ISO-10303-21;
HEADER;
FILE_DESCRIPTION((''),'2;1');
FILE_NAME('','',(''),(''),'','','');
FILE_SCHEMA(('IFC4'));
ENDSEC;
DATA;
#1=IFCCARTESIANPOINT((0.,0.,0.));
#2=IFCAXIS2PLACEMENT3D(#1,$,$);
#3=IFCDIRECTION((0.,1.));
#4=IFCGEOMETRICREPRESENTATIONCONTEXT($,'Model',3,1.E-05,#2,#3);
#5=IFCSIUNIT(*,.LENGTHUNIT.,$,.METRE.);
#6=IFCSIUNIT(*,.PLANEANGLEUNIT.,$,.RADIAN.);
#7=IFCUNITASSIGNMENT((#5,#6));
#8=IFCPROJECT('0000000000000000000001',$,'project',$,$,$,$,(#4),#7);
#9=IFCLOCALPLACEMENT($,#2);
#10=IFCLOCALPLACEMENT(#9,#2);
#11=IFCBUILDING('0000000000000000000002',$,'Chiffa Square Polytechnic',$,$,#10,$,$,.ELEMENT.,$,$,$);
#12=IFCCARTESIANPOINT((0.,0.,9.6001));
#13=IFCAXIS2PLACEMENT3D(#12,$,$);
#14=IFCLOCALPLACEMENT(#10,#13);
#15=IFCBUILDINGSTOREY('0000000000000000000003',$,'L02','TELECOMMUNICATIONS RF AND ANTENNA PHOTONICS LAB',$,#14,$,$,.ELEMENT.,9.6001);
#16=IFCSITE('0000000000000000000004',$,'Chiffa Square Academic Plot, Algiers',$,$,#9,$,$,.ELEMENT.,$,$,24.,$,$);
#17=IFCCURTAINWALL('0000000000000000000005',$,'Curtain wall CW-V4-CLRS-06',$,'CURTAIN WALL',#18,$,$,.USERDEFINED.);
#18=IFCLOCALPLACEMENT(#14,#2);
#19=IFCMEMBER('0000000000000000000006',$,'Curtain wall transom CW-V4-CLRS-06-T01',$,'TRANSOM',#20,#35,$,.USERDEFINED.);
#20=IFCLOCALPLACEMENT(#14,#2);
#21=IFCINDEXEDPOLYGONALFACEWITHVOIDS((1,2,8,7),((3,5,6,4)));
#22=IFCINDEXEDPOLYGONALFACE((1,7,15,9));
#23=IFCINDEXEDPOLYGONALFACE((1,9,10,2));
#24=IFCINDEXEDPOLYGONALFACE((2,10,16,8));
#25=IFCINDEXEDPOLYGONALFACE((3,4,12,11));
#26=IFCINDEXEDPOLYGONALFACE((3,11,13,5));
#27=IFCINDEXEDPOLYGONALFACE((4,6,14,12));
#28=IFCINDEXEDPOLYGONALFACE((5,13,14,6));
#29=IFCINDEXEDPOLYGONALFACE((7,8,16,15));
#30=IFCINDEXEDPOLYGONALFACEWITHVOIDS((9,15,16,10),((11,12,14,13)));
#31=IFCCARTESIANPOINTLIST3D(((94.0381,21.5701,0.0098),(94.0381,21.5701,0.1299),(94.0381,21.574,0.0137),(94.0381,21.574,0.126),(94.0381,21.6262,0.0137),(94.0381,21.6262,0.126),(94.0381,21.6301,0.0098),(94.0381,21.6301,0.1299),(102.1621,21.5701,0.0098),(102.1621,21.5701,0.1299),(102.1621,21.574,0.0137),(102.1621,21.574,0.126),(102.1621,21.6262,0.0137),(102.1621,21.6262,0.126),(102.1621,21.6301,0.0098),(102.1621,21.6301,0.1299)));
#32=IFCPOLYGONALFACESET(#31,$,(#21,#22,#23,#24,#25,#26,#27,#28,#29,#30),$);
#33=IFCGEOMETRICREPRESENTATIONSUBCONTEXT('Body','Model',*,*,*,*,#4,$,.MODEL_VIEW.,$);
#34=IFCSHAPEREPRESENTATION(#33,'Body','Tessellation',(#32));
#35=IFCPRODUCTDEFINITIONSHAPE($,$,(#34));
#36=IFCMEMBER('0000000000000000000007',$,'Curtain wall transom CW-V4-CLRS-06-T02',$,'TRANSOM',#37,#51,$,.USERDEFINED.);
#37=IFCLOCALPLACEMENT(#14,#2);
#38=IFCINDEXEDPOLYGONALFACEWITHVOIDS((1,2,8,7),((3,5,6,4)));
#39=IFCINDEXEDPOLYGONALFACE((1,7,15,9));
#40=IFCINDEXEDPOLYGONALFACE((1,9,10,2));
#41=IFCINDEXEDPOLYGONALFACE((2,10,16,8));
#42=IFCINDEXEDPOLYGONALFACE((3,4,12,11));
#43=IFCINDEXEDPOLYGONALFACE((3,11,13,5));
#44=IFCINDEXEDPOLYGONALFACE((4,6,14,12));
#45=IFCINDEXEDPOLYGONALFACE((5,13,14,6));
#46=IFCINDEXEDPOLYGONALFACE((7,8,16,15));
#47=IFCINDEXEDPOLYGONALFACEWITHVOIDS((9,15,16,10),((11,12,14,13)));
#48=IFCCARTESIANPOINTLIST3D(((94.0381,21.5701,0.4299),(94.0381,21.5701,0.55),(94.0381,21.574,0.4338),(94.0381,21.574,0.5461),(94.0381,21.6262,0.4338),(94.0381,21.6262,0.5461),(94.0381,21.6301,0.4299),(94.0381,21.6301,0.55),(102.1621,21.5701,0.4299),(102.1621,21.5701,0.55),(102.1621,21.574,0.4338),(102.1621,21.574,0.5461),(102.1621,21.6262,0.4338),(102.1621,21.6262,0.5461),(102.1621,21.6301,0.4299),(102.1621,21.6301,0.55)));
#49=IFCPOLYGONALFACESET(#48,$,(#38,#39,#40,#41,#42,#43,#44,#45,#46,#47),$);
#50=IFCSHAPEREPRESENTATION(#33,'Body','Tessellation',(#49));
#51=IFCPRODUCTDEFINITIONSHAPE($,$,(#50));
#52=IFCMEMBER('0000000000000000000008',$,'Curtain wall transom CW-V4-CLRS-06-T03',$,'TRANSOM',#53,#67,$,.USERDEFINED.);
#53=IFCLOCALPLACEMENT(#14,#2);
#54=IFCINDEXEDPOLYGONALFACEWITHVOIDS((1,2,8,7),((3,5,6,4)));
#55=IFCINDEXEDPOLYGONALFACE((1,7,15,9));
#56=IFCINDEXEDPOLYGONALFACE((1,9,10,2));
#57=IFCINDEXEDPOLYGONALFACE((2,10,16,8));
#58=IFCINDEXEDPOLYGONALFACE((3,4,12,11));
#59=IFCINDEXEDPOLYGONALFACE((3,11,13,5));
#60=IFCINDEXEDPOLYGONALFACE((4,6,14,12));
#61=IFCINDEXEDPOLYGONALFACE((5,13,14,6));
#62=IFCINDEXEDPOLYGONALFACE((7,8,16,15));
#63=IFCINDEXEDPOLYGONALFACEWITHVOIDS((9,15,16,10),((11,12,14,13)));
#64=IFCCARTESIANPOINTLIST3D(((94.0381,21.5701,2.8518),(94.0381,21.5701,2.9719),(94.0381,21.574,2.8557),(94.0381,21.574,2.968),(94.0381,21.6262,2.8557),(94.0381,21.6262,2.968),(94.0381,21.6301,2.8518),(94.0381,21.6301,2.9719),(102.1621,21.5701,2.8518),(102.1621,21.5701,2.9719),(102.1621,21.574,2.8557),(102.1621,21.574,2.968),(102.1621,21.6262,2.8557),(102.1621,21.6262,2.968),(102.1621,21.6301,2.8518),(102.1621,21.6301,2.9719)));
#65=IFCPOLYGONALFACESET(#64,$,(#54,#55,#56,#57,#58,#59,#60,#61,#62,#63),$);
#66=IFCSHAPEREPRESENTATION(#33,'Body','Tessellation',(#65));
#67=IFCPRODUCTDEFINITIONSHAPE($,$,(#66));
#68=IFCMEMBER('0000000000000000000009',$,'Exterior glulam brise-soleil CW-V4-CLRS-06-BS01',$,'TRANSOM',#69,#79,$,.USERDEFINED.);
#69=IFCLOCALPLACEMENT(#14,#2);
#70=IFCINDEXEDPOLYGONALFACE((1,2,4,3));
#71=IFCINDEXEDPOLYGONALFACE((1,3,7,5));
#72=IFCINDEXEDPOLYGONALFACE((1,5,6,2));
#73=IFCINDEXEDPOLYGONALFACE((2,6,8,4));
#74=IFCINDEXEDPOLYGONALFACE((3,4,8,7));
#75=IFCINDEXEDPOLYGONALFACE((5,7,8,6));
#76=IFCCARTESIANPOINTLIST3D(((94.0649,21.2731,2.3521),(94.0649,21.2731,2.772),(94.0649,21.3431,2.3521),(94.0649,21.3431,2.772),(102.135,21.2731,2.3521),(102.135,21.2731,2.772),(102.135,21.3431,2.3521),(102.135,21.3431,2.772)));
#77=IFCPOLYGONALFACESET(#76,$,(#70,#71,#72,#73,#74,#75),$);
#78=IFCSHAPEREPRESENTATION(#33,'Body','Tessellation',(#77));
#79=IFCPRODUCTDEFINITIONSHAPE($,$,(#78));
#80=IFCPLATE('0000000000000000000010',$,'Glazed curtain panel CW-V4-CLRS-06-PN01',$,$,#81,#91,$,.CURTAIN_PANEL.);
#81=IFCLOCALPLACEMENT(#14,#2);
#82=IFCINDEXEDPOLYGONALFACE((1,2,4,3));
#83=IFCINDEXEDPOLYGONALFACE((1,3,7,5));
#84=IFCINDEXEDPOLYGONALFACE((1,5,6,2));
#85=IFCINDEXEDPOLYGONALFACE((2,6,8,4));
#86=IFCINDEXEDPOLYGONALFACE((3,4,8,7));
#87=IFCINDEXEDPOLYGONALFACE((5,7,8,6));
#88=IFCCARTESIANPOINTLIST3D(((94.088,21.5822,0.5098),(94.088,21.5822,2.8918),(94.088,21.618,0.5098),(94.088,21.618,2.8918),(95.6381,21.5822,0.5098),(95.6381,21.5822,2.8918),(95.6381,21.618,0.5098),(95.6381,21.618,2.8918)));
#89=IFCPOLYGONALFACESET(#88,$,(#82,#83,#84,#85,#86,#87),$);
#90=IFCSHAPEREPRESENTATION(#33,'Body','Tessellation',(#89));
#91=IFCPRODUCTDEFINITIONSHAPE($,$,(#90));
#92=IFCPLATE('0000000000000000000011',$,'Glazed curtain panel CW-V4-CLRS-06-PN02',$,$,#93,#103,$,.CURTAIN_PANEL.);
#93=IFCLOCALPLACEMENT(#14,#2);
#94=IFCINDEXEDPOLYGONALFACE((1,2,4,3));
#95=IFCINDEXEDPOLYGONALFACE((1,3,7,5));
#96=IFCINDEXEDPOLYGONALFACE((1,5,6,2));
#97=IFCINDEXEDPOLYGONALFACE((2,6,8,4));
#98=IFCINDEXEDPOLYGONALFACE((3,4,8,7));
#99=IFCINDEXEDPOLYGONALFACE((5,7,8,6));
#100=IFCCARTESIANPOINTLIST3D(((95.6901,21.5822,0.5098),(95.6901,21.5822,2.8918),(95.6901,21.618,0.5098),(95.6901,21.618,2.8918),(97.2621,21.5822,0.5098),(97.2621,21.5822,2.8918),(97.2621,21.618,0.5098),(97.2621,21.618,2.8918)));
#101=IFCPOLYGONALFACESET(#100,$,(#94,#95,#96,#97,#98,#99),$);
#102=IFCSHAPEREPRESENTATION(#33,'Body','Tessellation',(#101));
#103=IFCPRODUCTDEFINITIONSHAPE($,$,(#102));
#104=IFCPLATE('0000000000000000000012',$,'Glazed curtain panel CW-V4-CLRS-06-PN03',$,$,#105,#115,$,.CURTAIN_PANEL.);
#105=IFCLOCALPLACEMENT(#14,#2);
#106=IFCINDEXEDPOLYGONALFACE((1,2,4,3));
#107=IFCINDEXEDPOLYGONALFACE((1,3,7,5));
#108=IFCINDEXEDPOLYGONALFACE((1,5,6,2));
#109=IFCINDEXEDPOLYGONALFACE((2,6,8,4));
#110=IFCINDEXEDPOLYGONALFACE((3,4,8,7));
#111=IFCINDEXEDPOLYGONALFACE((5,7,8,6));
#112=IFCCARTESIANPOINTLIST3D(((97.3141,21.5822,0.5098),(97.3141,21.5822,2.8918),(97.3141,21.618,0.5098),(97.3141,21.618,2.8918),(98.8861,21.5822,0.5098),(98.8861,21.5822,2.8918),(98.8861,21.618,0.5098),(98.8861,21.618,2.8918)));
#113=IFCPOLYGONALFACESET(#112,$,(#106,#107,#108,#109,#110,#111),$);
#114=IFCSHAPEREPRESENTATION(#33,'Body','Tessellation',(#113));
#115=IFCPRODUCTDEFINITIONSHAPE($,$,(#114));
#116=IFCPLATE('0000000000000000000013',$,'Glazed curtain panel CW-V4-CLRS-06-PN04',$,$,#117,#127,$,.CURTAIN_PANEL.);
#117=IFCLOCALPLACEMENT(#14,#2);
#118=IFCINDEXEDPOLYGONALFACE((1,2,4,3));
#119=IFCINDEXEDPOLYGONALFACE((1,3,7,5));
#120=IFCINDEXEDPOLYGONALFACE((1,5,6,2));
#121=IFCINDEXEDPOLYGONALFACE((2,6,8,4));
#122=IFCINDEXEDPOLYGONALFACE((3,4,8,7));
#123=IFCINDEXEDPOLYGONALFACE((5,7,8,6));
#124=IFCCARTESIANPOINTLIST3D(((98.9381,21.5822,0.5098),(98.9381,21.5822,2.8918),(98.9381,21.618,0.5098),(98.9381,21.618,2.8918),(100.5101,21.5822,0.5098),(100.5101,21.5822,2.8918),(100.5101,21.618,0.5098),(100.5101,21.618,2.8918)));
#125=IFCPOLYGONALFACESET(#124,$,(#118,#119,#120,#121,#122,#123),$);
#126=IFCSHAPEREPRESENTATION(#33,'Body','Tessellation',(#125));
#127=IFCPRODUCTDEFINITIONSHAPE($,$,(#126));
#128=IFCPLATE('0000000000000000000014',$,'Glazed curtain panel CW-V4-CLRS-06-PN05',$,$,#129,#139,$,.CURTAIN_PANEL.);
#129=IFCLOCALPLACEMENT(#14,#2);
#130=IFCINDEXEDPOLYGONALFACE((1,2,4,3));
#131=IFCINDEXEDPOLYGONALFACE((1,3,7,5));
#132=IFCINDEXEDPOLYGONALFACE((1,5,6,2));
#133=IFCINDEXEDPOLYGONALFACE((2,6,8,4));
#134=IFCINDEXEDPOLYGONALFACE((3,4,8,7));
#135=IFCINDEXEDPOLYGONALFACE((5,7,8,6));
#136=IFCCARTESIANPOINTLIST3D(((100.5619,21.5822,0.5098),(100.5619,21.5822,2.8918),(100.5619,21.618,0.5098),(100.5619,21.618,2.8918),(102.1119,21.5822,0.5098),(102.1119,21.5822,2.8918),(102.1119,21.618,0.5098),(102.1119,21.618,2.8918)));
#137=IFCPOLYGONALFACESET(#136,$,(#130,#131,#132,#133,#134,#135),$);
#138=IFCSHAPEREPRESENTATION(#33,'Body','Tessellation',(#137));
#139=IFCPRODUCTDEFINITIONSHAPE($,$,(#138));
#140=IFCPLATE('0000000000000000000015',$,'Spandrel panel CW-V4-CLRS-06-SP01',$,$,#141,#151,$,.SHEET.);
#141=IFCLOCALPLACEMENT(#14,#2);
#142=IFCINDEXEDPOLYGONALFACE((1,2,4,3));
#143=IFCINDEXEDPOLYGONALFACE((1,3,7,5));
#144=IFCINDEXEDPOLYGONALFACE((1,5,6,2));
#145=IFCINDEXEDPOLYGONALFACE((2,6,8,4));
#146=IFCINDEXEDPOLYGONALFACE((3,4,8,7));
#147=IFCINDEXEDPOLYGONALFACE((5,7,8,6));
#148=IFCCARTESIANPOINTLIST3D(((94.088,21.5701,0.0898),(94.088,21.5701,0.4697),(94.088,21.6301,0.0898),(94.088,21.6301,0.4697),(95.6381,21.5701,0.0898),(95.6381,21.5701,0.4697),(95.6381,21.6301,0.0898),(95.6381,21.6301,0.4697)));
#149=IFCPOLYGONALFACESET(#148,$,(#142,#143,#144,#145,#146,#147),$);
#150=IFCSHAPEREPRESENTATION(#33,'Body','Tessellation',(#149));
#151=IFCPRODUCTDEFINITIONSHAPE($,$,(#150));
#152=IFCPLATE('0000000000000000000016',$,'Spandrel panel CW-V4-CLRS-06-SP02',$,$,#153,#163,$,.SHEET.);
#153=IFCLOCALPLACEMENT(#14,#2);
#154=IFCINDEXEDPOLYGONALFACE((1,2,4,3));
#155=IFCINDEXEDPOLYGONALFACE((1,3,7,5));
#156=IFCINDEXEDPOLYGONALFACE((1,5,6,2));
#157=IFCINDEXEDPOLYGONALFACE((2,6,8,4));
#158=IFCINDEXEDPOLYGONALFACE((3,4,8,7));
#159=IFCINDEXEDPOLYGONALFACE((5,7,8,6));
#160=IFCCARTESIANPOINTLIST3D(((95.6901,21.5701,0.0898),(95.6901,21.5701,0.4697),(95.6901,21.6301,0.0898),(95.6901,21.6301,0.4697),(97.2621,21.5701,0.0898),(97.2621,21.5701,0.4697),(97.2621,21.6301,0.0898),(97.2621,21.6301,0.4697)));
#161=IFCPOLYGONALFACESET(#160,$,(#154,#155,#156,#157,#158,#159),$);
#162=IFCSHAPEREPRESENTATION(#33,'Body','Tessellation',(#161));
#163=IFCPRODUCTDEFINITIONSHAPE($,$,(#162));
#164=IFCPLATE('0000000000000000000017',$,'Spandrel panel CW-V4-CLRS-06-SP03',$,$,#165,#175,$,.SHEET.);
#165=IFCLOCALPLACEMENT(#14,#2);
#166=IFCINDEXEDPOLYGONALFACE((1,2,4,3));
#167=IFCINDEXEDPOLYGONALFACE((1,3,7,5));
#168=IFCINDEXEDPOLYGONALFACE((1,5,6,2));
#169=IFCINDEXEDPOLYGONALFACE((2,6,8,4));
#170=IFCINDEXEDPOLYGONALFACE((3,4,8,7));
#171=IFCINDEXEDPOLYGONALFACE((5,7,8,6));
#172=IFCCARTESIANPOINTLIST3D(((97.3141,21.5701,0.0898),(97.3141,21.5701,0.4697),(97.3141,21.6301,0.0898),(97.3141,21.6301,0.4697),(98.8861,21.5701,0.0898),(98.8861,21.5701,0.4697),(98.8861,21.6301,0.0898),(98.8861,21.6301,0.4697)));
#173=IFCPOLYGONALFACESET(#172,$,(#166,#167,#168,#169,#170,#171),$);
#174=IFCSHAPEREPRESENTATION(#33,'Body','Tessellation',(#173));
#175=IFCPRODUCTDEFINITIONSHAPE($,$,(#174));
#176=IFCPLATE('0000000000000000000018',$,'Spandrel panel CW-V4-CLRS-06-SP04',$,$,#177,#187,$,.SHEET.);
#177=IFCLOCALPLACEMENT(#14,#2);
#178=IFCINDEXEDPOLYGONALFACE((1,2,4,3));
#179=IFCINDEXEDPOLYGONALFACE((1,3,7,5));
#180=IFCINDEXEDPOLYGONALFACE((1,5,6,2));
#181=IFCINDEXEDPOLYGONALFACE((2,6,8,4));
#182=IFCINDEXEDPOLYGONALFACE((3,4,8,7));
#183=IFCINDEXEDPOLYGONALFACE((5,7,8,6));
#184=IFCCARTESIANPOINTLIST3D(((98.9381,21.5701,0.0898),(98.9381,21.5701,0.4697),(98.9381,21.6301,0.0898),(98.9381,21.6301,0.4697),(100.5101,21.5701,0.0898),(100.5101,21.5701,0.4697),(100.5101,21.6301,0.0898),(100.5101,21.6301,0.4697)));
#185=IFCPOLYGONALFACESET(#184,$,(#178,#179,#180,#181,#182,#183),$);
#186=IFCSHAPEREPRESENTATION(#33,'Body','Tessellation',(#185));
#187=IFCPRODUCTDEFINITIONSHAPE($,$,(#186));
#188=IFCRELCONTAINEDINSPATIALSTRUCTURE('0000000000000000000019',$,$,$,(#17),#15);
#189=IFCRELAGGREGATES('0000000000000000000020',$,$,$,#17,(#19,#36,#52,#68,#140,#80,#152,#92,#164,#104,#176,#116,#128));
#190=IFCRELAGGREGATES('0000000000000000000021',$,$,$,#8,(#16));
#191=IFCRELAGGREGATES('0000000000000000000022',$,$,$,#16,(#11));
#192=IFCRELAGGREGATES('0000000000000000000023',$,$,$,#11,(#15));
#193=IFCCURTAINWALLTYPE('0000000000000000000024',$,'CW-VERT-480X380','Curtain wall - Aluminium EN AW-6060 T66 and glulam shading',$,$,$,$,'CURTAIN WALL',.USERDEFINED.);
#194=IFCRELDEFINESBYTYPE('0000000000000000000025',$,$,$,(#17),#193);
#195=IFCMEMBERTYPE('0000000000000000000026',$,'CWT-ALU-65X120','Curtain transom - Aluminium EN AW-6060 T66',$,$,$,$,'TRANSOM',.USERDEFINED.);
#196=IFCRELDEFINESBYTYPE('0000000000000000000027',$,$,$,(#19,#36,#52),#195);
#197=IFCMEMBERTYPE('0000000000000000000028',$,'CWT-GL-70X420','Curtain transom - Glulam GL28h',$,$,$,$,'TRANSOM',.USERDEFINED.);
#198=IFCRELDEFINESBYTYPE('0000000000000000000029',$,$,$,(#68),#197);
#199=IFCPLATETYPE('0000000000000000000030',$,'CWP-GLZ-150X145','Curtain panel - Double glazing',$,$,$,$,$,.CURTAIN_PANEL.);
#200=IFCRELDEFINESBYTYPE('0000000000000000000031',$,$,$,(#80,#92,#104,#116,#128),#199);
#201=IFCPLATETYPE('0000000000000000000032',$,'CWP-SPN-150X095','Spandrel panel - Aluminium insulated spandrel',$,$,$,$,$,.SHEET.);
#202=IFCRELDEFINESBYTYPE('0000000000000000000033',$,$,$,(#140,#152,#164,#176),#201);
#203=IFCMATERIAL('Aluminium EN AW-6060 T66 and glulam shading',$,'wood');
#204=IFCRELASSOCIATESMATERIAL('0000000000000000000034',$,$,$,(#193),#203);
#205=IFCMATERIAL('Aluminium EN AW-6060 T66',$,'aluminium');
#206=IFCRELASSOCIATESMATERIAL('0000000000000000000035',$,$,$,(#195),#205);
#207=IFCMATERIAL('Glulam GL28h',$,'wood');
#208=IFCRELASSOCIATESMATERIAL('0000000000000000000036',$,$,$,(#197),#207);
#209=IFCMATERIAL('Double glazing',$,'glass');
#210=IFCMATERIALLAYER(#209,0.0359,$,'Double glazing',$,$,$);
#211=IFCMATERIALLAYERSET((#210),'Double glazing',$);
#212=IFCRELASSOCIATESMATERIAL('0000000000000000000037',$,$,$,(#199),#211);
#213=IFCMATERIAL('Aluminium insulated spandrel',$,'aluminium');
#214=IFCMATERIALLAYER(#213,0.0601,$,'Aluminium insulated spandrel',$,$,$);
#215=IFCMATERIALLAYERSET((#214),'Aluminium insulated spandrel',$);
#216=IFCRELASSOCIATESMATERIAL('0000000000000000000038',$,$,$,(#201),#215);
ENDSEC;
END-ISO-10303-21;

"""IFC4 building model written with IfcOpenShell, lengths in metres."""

from ifc_helpers import new_model, si_unit, direction, frame, origin, origin_2d, place, context, subcontext, project, spatial, rectangle, hollow_rectangle, extrude, material, layer, layer_set, material_profile, profile_set, type_object, element, aggregate, save


model = new_model("IFC4")

# Units and contexts
model_context = context("Model", 3, precision=1e-05, world=origin(), true_north=direction((0.0, 1.0)))
body_context = subcontext(model_context, "Body", "Model", "MODEL_VIEW")
ifc_project = project(units=[si_unit("LENGTHUNIT", "METRE"), si_unit("PLANEANGLEUNIT", "RADIAN")], contexts=[model_context])

# Site, building, storey
site_placement = place(None, origin())
site = spatial("IfcSite", under=ifc_project, at=site_placement, Name="Chiffa Square Academic Plot, Algiers", CompositionType="ELEMENT", RefElevation=24.0)
building_placement = place(site_placement, origin())
building = spatial("IfcBuilding", under=site, at=building_placement, Name="Chiffa Square Polytechnic", CompositionType="ELEMENT")
storey_placement = place(building_placement, frame((0.0, 0.0, 9.6001)))
storey = spatial("IfcBuildingStorey", under=building, at=storey_placement, Name="L02", Description="TELECOMMUNICATIONS RF AND ANTENNA PHOTONICS LAB", CompositionType="ELEMENT", Elevation=9.6001)

# Curtain wall, members, plates
ifc_material_1 = material(Name="Aluminium EN AW-6060 T66 and glulam shading", Category="wood")
curtain_wall_type = type_object("IfcCurtainWallType", Name="CW-VERT-480X380", Description="Curtain wall - Aluminium EN AW-6060 T66 and glulam shading", ElementType="CURTAIN WALL", PredefinedType="USERDEFINED", material=ifc_material_1)
curtain_wall_placement = place(storey_placement, origin())
curtain_wall = element("IfcCurtainWall", 1, at=curtain_wall_placement, inside=storey, type_object=curtain_wall_type, Name="Curtain wall CW-V4-CLRS-06", ObjectType="CURTAIN WALL", PredefinedType="USERDEFINED")
ifc_material_2 = material(Name="Aluminium EN AW-6060 T66", Category="aluminium")
ifc_material_3 = material(Name="Glulam GL28h", Category="wood")
ifc_material_profile_1 = material_profile(ifc_material_2, hollow_rectangle(XDim=0.0601, YDim=0.1201, WallThickness=0.0039, at=origin_2d()), Name="ALU 60x120x4")
ifc_profile_set_1 = profile_set([ifc_material_profile_1], Name="Aluminium EN AW-6060 T66")
member_type_1 = type_object("IfcMemberType", Name="CWT-ALU-65X120", Description="Curtain transom - Aluminium EN AW-6060 T66", ElementType="TRANSOM", PredefinedType="USERDEFINED", material=ifc_profile_set_1)
member_1_placement = place(storey_placement, frame((94.0381, 21.6001, 0.0698), z_axis=(1.0, 0.0, 0.0), x_axis=(0.0, 1.0, 0.0)))
member_1 = element("IfcMember", 2, at=member_1_placement, type_object=member_type_1, Name="Curtain wall transom CW-V4-CLRS-06-T01", ObjectType="TRANSOM", PredefinedType="USERDEFINED", context=body_context, shape_type="SweptSolid", body=[
    extrude(hollow_rectangle(XDim=0.0601, YDim=0.1201, WallThickness=0.0039, at=origin_2d()), origin(), (0.0, 0.0, 1.0), 8.124),
])
member_2_placement = place(storey_placement, frame((94.0381, 21.6001, 0.49), z_axis=(1.0, 0.0, 0.0), x_axis=(0.0, 1.0, 0.0)))
member_2 = element("IfcMember", 3, at=member_2_placement, type_object=member_type_1, Name="Curtain wall transom CW-V4-CLRS-06-T02", ObjectType="TRANSOM", PredefinedType="USERDEFINED", context=body_context, shape_type="SweptSolid", body=[
    extrude(hollow_rectangle(XDim=0.0601, YDim=0.1201, WallThickness=0.0039, at=origin_2d()), origin(), (0.0, 0.0, 1.0), 8.124),
])
member_3_placement = place(storey_placement, frame((94.0381, 21.6001, 2.9119), z_axis=(1.0, 0.0, 0.0), x_axis=(0.0, 1.0, 0.0)))
member_3 = element("IfcMember", 4, at=member_3_placement, type_object=member_type_1, Name="Curtain wall transom CW-V4-CLRS-06-T03", ObjectType="TRANSOM", PredefinedType="USERDEFINED", context=body_context, shape_type="SweptSolid", body=[
    extrude(hollow_rectangle(XDim=0.0601, YDim=0.1201, WallThickness=0.0039, at=origin_2d()), origin(), (0.0, 0.0, 1.0), 8.124),
])
ifc_material_profile_2 = material_profile(ifc_material_3, rectangle(XDim=0.0701, YDim=0.4199, at=origin_2d()), Name="GL28h 70x420")
ifc_profile_set_2 = profile_set([ifc_material_profile_2], Name="Glulam GL28h")
member_type_2 = type_object("IfcMemberType", Name="CWT-GL-70X420", Description="Curtain transom - Glulam GL28h", ElementType="TRANSOM", PredefinedType="USERDEFINED", material=ifc_profile_set_2)
member_4_placement = place(storey_placement, frame((94.0649, 21.3081, 2.562), z_axis=(1.0, 0.0, 0.0), x_axis=(0.0, 1.0, 0.0)))
member_4 = element("IfcMember", 5, at=member_4_placement, type_object=member_type_2, Name="Exterior glulam brise-soleil CW-V4-CLRS-06-BS01", ObjectType="TRANSOM", PredefinedType="USERDEFINED", context=body_context, shape_type="SweptSolid", body=[
    extrude(rectangle(XDim=0.0701, YDim=0.4199, at=origin_2d()), origin(), (0.0, 0.0, 1.0), 8.0701),
])
ifc_material_4 = material(Name="Double glazing", Category="glass")
ifc_layer_1 = layer(ifc_material_4, 0.0359, Name="Double glazing")
ifc_layer_set_1 = layer_set([ifc_layer_1], Name="Double glazing")
plate_type_1 = type_object("IfcPlateType", Name="CWP-GLZ-150X145", Description="Curtain panel - Double glazing", PredefinedType="CURTAIN_PANEL", material=ifc_layer_set_1)
plate_1_placement = place(storey_placement, frame((94.863, 21.6001, 0.5098), z_axis=(0.0, 0.0, 1.0), x_axis=(1.0, 0.0, 0.0)))
plate_1 = element("IfcPlate", 6, at=plate_1_placement, type_object=plate_type_1, Name="Glazed curtain panel CW-V4-CLRS-06-PN01", PredefinedType="CURTAIN_PANEL", context=body_context, shape_type="SweptSolid", body=[
    extrude(rectangle(XDim=1.55, YDim=0.0359, at=origin_2d()), origin(), (0.0, 0.0, 1.0), 2.3821),
])
plate_2_placement = place(storey_placement, frame((96.4761, 21.6001, 0.5098), z_axis=(0.0, 0.0, 1.0), x_axis=(1.0, 0.0, 0.0)))
plate_2 = element("IfcPlate", 7, at=plate_2_placement, type_object=plate_type_1, Name="Glazed curtain panel CW-V4-CLRS-06-PN02", PredefinedType="CURTAIN_PANEL", context=body_context, shape_type="SweptSolid", body=[
    extrude(rectangle(XDim=1.572, YDim=0.0359, at=origin_2d()), origin(), (0.0, 0.0, 1.0), 2.3821),
])
plate_3_placement = place(storey_placement, frame((98.1001, 21.6001, 0.5098), z_axis=(0.0, 0.0, 1.0), x_axis=(1.0, 0.0, 0.0)))
plate_3 = element("IfcPlate", 8, at=plate_3_placement, type_object=plate_type_1, Name="Glazed curtain panel CW-V4-CLRS-06-PN03", PredefinedType="CURTAIN_PANEL", context=body_context, shape_type="SweptSolid", body=[
    extrude(rectangle(XDim=1.572, YDim=0.0359, at=origin_2d()), origin(), (0.0, 0.0, 1.0), 2.3821),
])
plate_4_placement = place(storey_placement, frame((99.7241, 21.6001, 0.5098), z_axis=(0.0, 0.0, 1.0), x_axis=(1.0, 0.0, 0.0)))
plate_4 = element("IfcPlate", 9, at=plate_4_placement, type_object=plate_type_1, Name="Glazed curtain panel CW-V4-CLRS-06-PN04", PredefinedType="CURTAIN_PANEL", context=body_context, shape_type="SweptSolid", body=[
    extrude(rectangle(XDim=1.572, YDim=0.0359, at=origin_2d()), origin(), (0.0, 0.0, 1.0), 2.3821),
])
plate_5_placement = place(storey_placement, frame((101.3369, 21.6001, 0.5098), z_axis=(0.0, 0.0, 1.0), x_axis=(1.0, 0.0, 0.0)))
plate_5 = element("IfcPlate", 10, at=plate_5_placement, type_object=plate_type_1, Name="Glazed curtain panel CW-V4-CLRS-06-PN05", PredefinedType="CURTAIN_PANEL", context=body_context, shape_type="SweptSolid", body=[
    extrude(rectangle(XDim=1.55, YDim=0.0359, at=origin_2d()), origin(), (0.0, 0.0, 1.0), 2.3821),
])
ifc_material_5 = material(Name="Aluminium insulated spandrel", Category="aluminium")
ifc_layer_2 = layer(ifc_material_5, 0.0601, Name="Aluminium insulated spandrel")
ifc_layer_set_2 = layer_set([ifc_layer_2], Name="Aluminium insulated spandrel")
plate_type_2 = type_object("IfcPlateType", Name="CWP-SPN-150X095", Description="Spandrel panel - Aluminium insulated spandrel", PredefinedType="SHEET", material=ifc_layer_set_2)
plate_6_placement = place(storey_placement, frame((94.863, 21.6001, 0.0898), z_axis=(0.0, 0.0, 1.0), x_axis=(1.0, 0.0, 0.0)))
plate_6 = element("IfcPlate", 11, at=plate_6_placement, type_object=plate_type_2, Name="Spandrel panel CW-V4-CLRS-06-SP01", PredefinedType="SHEET", context=body_context, shape_type="SweptSolid", body=[
    extrude(rectangle(XDim=1.55, YDim=0.0601, at=origin_2d()), origin(), (0.0, 0.0, 1.0), 0.3799),
])
plate_7_placement = place(storey_placement, frame((96.4761, 21.6001, 0.0898), z_axis=(0.0, 0.0, 1.0), x_axis=(1.0, 0.0, 0.0)))
plate_7 = element("IfcPlate", 12, at=plate_7_placement, type_object=plate_type_2, Name="Spandrel panel CW-V4-CLRS-06-SP02", PredefinedType="SHEET", context=body_context, shape_type="SweptSolid", body=[
    extrude(rectangle(XDim=1.572, YDim=0.0601, at=origin_2d()), origin(), (0.0, 0.0, 1.0), 0.3799),
])
plate_8_placement = place(storey_placement, frame((98.1001, 21.6001, 0.0898), z_axis=(0.0, 0.0, 1.0), x_axis=(1.0, 0.0, 0.0)))
plate_8 = element("IfcPlate", 13, at=plate_8_placement, type_object=plate_type_2, Name="Spandrel panel CW-V4-CLRS-06-SP03", PredefinedType="SHEET", context=body_context, shape_type="SweptSolid", body=[
    extrude(rectangle(XDim=1.572, YDim=0.0601, at=origin_2d()), origin(), (0.0, 0.0, 1.0), 0.3799),
])
plate_9_placement = place(storey_placement, frame((99.7241, 21.6001, 0.0898), z_axis=(0.0, 0.0, 1.0), x_axis=(1.0, 0.0, 0.0)))
plate_9 = element("IfcPlate", 14, at=plate_9_placement, type_object=plate_type_2, Name="Spandrel panel CW-V4-CLRS-06-SP04", PredefinedType="SHEET", context=body_context, shape_type="SweptSolid", body=[
    extrude(rectangle(XDim=1.572, YDim=0.0601, at=origin_2d()), origin(), (0.0, 0.0, 1.0), 0.3799),
])
aggregate(curtain_wall, [member_1, member_2, member_3, member_4, plate_6, plate_1, plate_7, plate_2, plate_8, plate_3, plate_9, plate_4, plate_5])

save(model, "model.ifc")
